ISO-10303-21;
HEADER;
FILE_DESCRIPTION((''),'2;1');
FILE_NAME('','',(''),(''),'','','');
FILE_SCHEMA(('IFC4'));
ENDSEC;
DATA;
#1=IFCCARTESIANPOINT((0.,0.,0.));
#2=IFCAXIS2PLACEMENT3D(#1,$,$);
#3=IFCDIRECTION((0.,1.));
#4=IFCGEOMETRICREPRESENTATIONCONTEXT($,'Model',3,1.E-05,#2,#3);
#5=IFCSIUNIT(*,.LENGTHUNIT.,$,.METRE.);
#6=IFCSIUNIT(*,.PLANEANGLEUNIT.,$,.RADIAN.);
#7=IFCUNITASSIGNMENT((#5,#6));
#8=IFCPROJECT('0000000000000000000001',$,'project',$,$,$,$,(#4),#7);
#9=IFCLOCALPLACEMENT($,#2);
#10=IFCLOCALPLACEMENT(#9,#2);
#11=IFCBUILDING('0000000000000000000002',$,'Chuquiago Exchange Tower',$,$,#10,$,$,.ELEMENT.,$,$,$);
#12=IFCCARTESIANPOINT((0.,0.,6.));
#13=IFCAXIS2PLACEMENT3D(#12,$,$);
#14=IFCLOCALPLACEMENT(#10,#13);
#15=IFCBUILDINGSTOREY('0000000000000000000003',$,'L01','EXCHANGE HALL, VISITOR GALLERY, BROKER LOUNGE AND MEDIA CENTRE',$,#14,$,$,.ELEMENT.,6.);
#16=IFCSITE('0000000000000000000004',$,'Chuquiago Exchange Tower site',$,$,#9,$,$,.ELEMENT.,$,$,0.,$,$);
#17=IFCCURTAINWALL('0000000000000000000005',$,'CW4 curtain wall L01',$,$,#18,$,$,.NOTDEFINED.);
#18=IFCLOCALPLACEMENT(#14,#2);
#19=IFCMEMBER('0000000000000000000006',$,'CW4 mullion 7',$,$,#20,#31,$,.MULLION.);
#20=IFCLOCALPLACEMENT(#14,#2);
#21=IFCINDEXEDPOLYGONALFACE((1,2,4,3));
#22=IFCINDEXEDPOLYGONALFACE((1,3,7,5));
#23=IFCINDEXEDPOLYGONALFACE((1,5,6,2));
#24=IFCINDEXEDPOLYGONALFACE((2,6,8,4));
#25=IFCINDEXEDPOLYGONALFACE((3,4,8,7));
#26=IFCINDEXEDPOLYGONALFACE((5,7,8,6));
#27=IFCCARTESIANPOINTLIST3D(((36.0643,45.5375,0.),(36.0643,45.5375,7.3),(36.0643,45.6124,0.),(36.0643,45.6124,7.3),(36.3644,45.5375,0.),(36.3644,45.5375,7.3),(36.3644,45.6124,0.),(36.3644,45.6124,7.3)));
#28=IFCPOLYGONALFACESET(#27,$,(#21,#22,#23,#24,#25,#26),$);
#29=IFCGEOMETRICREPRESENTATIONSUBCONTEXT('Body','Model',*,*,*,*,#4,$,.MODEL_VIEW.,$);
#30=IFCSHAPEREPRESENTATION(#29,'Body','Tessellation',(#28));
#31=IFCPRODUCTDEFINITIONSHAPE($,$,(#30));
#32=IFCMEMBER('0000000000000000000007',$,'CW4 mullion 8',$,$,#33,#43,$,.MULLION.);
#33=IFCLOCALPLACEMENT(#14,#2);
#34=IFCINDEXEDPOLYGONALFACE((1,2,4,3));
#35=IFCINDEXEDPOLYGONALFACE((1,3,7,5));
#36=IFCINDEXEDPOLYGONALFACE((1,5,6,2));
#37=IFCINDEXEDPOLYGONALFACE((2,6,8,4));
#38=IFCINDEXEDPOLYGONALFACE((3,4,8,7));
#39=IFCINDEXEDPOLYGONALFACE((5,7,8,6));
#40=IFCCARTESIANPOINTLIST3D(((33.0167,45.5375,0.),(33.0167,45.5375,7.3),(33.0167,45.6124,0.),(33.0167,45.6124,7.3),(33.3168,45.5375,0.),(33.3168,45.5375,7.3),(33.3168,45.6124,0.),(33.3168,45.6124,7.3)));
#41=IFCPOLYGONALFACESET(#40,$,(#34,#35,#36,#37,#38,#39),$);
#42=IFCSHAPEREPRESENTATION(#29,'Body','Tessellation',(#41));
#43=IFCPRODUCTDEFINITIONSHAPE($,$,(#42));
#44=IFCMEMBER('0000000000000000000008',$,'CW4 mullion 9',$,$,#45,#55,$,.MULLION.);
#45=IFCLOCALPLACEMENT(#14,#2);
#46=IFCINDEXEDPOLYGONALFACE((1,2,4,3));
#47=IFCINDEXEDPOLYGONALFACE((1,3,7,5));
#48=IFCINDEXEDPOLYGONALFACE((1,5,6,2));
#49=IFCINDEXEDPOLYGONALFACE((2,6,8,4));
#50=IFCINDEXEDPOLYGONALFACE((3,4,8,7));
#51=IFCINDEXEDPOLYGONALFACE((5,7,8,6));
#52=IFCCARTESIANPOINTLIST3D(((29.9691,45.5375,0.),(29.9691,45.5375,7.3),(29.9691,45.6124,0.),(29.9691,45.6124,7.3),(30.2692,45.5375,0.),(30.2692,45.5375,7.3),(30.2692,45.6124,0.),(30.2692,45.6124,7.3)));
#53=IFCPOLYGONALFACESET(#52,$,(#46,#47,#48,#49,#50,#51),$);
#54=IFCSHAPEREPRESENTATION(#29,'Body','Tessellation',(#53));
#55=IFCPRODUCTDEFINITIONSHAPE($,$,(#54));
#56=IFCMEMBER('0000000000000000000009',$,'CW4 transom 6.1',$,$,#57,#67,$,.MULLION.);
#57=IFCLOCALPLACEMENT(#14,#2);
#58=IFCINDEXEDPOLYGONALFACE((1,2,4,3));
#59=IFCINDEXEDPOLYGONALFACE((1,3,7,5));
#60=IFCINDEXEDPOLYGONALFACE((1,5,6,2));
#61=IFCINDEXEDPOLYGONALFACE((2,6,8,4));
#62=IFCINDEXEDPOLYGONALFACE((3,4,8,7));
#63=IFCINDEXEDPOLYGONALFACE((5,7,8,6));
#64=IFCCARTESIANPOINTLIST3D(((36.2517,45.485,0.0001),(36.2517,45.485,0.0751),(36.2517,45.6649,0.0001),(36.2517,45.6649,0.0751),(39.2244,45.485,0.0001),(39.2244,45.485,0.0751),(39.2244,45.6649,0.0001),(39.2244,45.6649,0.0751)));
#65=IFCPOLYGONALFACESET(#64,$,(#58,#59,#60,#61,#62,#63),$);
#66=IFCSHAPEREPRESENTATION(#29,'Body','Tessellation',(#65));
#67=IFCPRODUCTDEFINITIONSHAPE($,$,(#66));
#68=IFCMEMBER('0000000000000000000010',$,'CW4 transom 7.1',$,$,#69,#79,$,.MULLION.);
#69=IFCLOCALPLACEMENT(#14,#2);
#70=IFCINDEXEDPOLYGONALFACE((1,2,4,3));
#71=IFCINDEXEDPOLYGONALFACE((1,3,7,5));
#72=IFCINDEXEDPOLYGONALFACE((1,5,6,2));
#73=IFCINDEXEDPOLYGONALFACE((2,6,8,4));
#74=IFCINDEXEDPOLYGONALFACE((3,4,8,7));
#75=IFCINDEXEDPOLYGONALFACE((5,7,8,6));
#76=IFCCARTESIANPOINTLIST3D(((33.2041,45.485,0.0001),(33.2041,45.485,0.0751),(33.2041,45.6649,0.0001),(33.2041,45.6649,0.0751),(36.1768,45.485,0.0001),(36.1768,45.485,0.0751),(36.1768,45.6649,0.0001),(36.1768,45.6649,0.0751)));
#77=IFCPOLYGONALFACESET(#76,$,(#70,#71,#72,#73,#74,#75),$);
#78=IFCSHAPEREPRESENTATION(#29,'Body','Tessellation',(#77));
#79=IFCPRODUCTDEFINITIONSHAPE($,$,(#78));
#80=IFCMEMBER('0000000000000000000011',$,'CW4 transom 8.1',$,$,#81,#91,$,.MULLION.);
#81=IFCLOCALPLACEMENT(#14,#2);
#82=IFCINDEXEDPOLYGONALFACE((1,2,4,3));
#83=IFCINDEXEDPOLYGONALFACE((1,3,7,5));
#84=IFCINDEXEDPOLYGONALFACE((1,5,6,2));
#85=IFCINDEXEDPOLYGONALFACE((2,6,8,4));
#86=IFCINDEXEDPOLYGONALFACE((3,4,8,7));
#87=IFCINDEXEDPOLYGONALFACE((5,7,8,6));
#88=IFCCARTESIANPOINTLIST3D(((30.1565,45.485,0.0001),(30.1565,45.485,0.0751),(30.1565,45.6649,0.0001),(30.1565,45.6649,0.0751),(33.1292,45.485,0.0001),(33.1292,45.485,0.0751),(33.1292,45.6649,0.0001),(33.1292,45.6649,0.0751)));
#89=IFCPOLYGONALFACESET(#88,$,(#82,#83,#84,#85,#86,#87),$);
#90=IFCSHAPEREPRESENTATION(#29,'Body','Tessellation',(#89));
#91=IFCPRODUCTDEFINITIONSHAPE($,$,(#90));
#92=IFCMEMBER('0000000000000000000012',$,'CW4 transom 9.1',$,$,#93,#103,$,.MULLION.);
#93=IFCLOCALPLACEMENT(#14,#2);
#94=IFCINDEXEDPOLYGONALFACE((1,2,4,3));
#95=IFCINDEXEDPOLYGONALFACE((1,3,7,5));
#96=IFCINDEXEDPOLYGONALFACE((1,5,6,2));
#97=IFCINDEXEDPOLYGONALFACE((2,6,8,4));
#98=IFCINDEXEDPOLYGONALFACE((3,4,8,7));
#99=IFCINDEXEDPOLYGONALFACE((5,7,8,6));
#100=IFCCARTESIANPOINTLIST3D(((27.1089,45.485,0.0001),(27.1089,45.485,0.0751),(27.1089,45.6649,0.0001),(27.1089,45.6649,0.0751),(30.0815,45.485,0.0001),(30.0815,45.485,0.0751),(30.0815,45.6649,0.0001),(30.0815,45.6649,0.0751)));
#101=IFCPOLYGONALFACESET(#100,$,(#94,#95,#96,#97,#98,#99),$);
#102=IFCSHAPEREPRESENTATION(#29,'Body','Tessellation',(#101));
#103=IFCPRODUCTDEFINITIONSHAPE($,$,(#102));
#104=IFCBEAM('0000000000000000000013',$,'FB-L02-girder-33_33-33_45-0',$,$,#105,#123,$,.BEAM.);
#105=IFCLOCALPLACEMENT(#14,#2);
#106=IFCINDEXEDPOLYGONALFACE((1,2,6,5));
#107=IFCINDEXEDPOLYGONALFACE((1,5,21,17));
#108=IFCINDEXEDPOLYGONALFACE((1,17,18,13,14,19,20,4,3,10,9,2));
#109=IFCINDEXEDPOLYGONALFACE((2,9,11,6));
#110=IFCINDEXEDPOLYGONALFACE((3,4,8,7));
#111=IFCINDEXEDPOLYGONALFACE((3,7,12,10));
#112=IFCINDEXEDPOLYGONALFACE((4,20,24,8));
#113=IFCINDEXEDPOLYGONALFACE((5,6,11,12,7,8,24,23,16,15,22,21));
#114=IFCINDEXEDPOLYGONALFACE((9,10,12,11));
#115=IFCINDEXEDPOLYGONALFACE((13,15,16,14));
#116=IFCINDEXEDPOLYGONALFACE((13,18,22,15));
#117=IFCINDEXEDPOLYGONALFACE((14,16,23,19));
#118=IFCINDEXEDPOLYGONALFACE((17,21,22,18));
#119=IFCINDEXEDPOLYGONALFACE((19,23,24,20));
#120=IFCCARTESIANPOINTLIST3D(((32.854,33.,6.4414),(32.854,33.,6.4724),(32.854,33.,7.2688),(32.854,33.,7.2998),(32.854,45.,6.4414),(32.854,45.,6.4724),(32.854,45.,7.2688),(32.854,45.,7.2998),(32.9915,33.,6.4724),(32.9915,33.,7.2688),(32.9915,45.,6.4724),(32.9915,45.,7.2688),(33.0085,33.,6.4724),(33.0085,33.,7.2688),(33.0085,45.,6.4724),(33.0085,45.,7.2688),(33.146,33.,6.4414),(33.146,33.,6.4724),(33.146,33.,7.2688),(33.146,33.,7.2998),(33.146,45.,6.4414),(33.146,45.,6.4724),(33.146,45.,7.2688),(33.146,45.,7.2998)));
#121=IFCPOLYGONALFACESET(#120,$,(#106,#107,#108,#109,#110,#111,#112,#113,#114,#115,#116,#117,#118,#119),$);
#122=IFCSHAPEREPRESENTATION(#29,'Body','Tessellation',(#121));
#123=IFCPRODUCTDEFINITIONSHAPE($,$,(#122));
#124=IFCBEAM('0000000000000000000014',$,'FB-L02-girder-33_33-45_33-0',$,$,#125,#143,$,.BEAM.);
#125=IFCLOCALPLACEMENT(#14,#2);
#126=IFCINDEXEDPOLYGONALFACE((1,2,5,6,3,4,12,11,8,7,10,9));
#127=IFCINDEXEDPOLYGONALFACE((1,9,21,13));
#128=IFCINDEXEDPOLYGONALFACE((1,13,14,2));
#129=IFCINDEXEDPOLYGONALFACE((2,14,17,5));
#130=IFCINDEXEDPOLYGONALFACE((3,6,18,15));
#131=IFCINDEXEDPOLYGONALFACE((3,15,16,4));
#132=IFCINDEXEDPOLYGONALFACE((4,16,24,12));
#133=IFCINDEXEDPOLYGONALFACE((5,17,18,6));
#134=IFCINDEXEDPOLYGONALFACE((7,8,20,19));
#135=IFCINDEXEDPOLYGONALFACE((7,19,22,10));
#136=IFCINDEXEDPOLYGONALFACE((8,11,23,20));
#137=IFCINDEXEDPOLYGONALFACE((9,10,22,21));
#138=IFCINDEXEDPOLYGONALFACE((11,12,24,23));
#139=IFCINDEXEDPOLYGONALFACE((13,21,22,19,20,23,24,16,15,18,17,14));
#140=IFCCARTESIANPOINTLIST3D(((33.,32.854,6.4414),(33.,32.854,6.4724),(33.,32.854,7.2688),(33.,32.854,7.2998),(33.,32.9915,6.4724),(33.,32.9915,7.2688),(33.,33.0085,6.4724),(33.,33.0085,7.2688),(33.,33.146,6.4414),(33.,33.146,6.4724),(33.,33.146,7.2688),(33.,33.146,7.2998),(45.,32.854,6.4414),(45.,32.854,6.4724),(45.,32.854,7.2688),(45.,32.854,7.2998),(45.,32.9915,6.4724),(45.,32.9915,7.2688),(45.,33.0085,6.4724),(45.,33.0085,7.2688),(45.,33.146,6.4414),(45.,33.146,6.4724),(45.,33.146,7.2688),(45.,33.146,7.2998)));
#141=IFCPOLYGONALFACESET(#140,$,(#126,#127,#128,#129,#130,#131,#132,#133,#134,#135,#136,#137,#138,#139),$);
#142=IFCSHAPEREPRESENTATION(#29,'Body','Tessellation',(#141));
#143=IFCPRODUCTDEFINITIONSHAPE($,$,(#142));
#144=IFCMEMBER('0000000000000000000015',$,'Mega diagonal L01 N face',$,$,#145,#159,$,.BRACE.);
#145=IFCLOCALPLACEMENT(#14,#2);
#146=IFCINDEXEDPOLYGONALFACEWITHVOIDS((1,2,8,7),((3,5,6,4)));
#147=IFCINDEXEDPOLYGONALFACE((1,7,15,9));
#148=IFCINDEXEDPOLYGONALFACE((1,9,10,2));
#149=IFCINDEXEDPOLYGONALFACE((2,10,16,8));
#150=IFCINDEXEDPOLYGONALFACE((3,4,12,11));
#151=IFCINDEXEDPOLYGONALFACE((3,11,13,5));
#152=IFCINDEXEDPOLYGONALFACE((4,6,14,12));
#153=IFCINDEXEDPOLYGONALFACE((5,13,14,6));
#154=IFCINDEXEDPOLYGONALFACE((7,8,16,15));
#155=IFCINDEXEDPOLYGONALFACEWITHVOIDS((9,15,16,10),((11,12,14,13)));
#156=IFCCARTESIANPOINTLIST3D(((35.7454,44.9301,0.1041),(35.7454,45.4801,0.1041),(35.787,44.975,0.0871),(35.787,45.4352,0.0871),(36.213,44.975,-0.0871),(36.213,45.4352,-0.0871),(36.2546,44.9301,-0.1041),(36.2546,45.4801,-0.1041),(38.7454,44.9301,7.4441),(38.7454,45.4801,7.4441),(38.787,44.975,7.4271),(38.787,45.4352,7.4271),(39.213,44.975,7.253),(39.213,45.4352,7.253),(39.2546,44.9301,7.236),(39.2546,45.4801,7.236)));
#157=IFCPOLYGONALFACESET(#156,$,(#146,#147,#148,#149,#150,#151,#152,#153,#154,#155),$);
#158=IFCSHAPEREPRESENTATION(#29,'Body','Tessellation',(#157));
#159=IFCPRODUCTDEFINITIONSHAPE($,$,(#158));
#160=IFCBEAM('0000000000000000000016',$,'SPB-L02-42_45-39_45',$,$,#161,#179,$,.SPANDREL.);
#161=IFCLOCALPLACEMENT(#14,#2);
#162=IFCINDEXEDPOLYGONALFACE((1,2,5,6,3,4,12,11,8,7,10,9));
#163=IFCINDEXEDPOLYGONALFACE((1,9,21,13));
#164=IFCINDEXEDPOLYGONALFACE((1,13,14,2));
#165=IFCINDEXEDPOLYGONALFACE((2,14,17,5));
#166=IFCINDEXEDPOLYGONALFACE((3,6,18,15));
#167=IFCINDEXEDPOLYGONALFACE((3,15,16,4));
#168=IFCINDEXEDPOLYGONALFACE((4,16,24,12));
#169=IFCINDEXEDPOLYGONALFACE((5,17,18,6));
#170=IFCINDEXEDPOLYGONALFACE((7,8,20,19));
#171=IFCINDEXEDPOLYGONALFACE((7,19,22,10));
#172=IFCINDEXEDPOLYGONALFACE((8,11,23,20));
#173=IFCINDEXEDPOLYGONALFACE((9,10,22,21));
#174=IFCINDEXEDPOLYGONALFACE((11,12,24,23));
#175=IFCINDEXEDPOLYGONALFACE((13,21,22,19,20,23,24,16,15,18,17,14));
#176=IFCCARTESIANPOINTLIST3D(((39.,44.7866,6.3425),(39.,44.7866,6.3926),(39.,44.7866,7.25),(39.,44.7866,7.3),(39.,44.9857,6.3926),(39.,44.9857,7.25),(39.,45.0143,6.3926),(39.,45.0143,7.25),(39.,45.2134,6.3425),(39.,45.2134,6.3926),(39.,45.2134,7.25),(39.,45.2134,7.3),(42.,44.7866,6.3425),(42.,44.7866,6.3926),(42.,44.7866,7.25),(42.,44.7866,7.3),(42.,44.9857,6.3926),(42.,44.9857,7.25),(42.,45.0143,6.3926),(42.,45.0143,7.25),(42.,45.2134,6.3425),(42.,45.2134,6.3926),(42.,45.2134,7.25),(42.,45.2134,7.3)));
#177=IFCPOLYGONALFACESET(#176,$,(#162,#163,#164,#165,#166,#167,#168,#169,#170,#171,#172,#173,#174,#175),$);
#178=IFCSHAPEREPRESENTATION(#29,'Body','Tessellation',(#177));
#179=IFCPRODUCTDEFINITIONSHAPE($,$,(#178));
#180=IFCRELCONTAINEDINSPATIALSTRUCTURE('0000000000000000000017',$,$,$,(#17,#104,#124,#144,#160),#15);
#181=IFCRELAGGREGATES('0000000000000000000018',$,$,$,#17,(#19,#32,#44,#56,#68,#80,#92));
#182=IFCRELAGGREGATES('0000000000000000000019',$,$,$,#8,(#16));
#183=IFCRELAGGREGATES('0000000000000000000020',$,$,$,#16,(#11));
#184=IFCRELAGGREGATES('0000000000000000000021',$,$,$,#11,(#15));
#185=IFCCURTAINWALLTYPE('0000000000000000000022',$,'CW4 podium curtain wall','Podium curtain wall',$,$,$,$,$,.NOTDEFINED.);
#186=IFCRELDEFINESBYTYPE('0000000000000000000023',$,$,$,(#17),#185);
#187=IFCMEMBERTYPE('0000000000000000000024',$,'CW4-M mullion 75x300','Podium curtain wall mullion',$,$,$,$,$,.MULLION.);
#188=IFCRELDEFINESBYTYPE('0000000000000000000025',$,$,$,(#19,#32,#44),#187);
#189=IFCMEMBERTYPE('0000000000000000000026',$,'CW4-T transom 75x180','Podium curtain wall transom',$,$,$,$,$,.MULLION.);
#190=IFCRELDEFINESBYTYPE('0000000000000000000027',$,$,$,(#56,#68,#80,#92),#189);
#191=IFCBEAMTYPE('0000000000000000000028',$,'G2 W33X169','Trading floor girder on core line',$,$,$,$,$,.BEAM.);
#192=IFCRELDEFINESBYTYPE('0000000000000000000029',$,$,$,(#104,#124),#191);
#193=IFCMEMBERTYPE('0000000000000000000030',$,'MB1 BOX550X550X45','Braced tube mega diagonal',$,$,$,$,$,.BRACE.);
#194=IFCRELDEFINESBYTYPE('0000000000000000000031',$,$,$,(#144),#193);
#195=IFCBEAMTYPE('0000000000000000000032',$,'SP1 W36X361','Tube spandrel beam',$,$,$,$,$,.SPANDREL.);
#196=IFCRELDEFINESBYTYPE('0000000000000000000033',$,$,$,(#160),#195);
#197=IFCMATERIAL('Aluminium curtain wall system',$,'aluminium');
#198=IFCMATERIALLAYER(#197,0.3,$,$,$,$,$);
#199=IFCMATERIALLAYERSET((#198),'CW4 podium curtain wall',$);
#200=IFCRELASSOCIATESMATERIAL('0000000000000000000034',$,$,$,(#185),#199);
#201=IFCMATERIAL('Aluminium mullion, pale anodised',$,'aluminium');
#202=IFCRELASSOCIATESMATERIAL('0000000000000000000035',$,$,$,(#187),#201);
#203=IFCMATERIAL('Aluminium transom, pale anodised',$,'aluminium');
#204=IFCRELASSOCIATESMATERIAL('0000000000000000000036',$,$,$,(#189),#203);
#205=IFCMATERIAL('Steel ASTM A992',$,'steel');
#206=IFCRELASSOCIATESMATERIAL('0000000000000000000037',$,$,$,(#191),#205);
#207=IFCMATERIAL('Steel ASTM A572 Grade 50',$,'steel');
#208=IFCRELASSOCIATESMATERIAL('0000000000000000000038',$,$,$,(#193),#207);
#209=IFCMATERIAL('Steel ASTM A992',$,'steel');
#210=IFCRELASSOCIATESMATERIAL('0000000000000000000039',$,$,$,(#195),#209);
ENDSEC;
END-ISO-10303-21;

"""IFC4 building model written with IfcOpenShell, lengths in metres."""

from ifc_helpers import new_model, si_unit, direction, frame, origin, origin_2d, place, context, subcontext, project, spatial, rectangle, hollow_rectangle, i_section, extrude, material, layer, layer_set, material_profile, profile_set, type_object, element, aggregate, save


model = new_model("IFC4")

# Units and contexts
model_context = context("Model", 3, precision=1e-05, world=origin(), true_north=direction((0.0, 1.0)))
body_context = subcontext(model_context, "Body", "Model", "MODEL_VIEW")
ifc_project = project(units=[si_unit("LENGTHUNIT", "METRE"), si_unit("PLANEANGLEUNIT", "RADIAN")], contexts=[model_context])

# Site, building, storey
site_placement = place(None, origin())
site = spatial("IfcSite", under=ifc_project, at=site_placement, Name="Chuquiago Exchange Tower site", CompositionType="ELEMENT", RefElevation=0.0)
building_placement = place(site_placement, origin())
building = spatial("IfcBuilding", under=site, at=building_placement, Name="Chuquiago Exchange Tower", CompositionType="ELEMENT")
storey_placement = place(building_placement, frame((0.0, 0.0, 6.0)))
storey = spatial("IfcBuildingStorey", under=building, at=storey_placement, Name="L01", Description="EXCHANGE HALL, VISITOR GALLERY, BROKER LOUNGE AND MEDIA CENTRE", CompositionType="ELEMENT", Elevation=6.0)

# Curtain wall, members
ifc_material_1 = material(Name="Aluminium curtain wall system", Category="aluminium")
ifc_layer_1 = layer(ifc_material_1, 0.3)
ifc_layer_set_1 = layer_set([ifc_layer_1], Name="CW4 podium curtain wall")
curtain_wall_type = type_object("IfcCurtainWallType", Name="CW4 podium curtain wall", Description="Podium curtain wall", PredefinedType="NOTDEFINED", material=ifc_layer_set_1)
curtain_wall_placement = place(storey_placement, origin())
curtain_wall = element("IfcCurtainWall", 1, at=curtain_wall_placement, inside=storey, type_object=curtain_wall_type, Name="CW4 curtain wall L01", PredefinedType="NOTDEFINED")
ifc_material_2 = material(Name="Aluminium mullion, pale anodised", Category="aluminium")
ifc_material_profile_1 = material_profile(ifc_material_2, rectangle(XDim=0.075, YDim=0.3, at=origin_2d()), Name="AL 75x300")
ifc_profile_set_1 = profile_set([ifc_material_profile_1], Name="Aluminium mullion, pale anodised")
member_type_1 = type_object("IfcMemberType", Name="CW4-M mullion 75x300", Description="Podium curtain wall mullion", PredefinedType="MULLION", material=ifc_profile_set_1)
member_1_placement = place(storey_placement, frame((36.2144, 45.575, 0.0), z_axis=(0.0, 0.0, 1.0), x_axis=(0.0, -1.0, 0.0)))
member_1 = element("IfcMember", 2, at=member_1_placement, type_object=member_type_1, Name="CW4 mullion 7", PredefinedType="MULLION", context=body_context, shape_type="SweptSolid", body=[
    extrude(rectangle(XDim=0.075, YDim=0.3, at=origin_2d()), origin(), (0.0, 0.0, 1.0), 7.3),
])
member_2_placement = place(storey_placement, frame((33.1667, 45.575, 0.0), z_axis=(0.0, 0.0, 1.0), x_axis=(0.0, -1.0, 0.0)))
member_2 = element("IfcMember", 3, at=member_2_placement, type_object=member_type_1, Name="CW4 mullion 8", PredefinedType="MULLION", context=body_context, shape_type="SweptSolid", body=[
    extrude(rectangle(XDim=0.075, YDim=0.3, at=origin_2d()), origin(), (0.0, 0.0, 1.0), 7.3),
])
member_3_placement = place(storey_placement, frame((30.1191, 45.575, 0.0), z_axis=(0.0, 0.0, 1.0), x_axis=(0.0, -1.0, 0.0)))
member_3 = element("IfcMember", 4, at=member_3_placement, type_object=member_type_1, Name="CW4 mullion 9", PredefinedType="MULLION", context=body_context, shape_type="SweptSolid", body=[
    extrude(rectangle(XDim=0.075, YDim=0.3, at=origin_2d()), origin(), (0.0, 0.0, 1.0), 7.3),
])
ifc_material_3 = material(Name="Aluminium transom, pale anodised", Category="aluminium")
ifc_material_profile_2 = material_profile(ifc_material_3, rectangle(XDim=0.1799, YDim=0.075, at=origin_2d()), Name="AL 180x75")
ifc_profile_set_2 = profile_set([ifc_material_profile_2], Name="Aluminium transom, pale anodised")
member_type_2 = type_object("IfcMemberType", Name="CW4-T transom 75x180", Description="Podium curtain wall transom", PredefinedType="MULLION", material=ifc_profile_set_2)
member_4_placement = place(storey_placement, frame((39.2244, 45.575, 0.0376), z_axis=(-1.0, 0.0, 0.0), x_axis=(0.0, -1.0, 0.0)))
member_4 = element("IfcMember", 5, at=member_4_placement, type_object=member_type_2, Name="CW4 transom 6.1", PredefinedType="MULLION", context=body_context, shape_type="SweptSolid", body=[
    extrude(rectangle(XDim=0.1799, YDim=0.075, at=origin_2d()), origin(), (0.0, 0.0, 1.0), 2.9727),
])
member_5_placement = place(storey_placement, frame((36.1768, 45.575, 0.0376), z_axis=(-1.0, 0.0, 0.0), x_axis=(0.0, -1.0, 0.0)))
member_5 = element("IfcMember", 6, at=member_5_placement, type_object=member_type_2, Name="CW4 transom 7.1", PredefinedType="MULLION", context=body_context, shape_type="SweptSolid", body=[
    extrude(rectangle(XDim=0.1799, YDim=0.075, at=origin_2d()), origin(), (0.0, 0.0, 1.0), 2.9727),
])
member_6_placement = place(storey_placement, frame((33.1292, 45.575, 0.0376), z_axis=(-1.0, 0.0, 0.0), x_axis=(0.0, -1.0, 0.0)))
member_6 = element("IfcMember", 7, at=member_6_placement, type_object=member_type_2, Name="CW4 transom 8.1", PredefinedType="MULLION", context=body_context, shape_type="SweptSolid", body=[
    extrude(rectangle(XDim=0.1799, YDim=0.075, at=origin_2d()), origin(), (0.0, 0.0, 1.0), 2.9727),
])
member_7_placement = place(storey_placement, frame((30.0815, 45.575, 0.0376), z_axis=(-1.0, 0.0, 0.0), x_axis=(0.0, -1.0, 0.0)))
member_7 = element("IfcMember", 8, at=member_7_placement, type_object=member_type_2, Name="CW4 transom 9.1", PredefinedType="MULLION", context=body_context, shape_type="SweptSolid", body=[
    extrude(rectangle(XDim=0.1799, YDim=0.075, at=origin_2d()), origin(), (0.0, 0.0, 1.0), 2.9727),
])

# Beams
ifc_material_4 = material(Name="Steel ASTM A992", Category="steel")
ifc_material_profile_3 = material_profile(ifc_material_4, i_section(OverallWidth=0.292, OverallDepth=0.8584, WebThickness=0.0171, FlangeThickness=0.031, at=origin_2d()), Name="W33X169")
ifc_profile_set_3 = profile_set([ifc_material_profile_3], Name="Steel ASTM A992")
beam_type_1 = type_object("IfcBeamType", Name="G2 W33X169", Description="Trading floor girder on core line", PredefinedType="BEAM", material=ifc_profile_set_3)
for number, where, z_axis, x_axis, name in (
    (9, (33.0, 33.0, 6.8706), (0.0, 1.0, 0.0), (-1.0, 0.0, 0.0), "FB-L02-girder-33_33-33_45-0"),
    (10, (33.0, 33.0, 6.8706), (1.0, 0.0, 0.0), (0.0, 1.0, 0.0), "FB-L02-girder-33_33-45_33-0"),
):
    element("IfcBeam", number, at=place(storey_placement, frame(where, z_axis=z_axis, x_axis=x_axis)), inside=storey, type_object=beam_type_1, Name=name, PredefinedType="BEAM", context=body_context, shape_type="SweptSolid", body=[
        extrude(i_section(OverallWidth=0.292, OverallDepth=0.8584, WebThickness=0.0171, FlangeThickness=0.031, at=origin_2d()), origin(), (0.0, 0.0, 1.0), 12.0),
    ])

# Member
ifc_material_5 = material(Name="Steel ASTM A572 Grade 50", Category="steel")
ifc_material_profile_4 = material_profile(ifc_material_5, hollow_rectangle(XDim=0.55, YDim=0.55, WallThickness=0.0449, at=origin_2d()), Name="BOX550X550X45")
ifc_profile_set_4 = profile_set([ifc_material_profile_4], Name="Steel ASTM A572 Grade 50")
member_type_3 = type_object("IfcMemberType", Name="MB1 BOX550X550X45", Description="Braced tube mega diagonal", PredefinedType="BRACE", material=ifc_profile_set_4)
member_8_placement = place(storey_placement, frame((36.0, 45.2051, 0.0), z_axis=(0.378334, 0.0, 0.925669), x_axis=(0.0, 1.0, 0.0)))
element("IfcMember", 11, at=member_8_placement, inside=storey, type_object=member_type_3, Name="Mega diagonal L01 N face", PredefinedType="BRACE", context=body_context, shape_type="SweptSolid", body=[
    extrude(hollow_rectangle(XDim=0.55, YDim=0.55, WallThickness=0.0449, at=origin_2d()), origin(), (0.0, 0.0, 1.0), 7.9294),
])

# Beam
ifc_material_6 = material(Name="Steel ASTM A992", Category="steel")
ifc_material_profile_5 = material_profile(ifc_material_6, i_section(OverallWidth=0.4268, OverallDepth=0.9575, WebThickness=0.0286, FlangeThickness=0.05, at=origin_2d()), Name="W36X361")
ifc_profile_set_5 = profile_set([ifc_material_profile_5], Name="Steel ASTM A992")
beam_type_2 = type_object("IfcBeamType", Name="SP1 W36X361", Description="Tube spandrel beam", PredefinedType="SPANDREL", material=ifc_profile_set_5)
for number, where, z_axis, x_axis, name in (
    (12, (42.0, 45.0, 6.8213), (-1.0, 0.0, 0.0), (0.0, -1.0, 0.0), "SPB-L02-42_45-39_45"),
):
    element("IfcBeam", number, at=place(storey_placement, frame(where, z_axis=z_axis, x_axis=x_axis)), inside=storey, type_object=beam_type_2, Name=name, PredefinedType="SPANDREL", context=body_context, shape_type="SweptSolid", body=[
        extrude(i_section(OverallWidth=0.4268, OverallDepth=0.9575, WebThickness=0.0286, FlangeThickness=0.05, at=origin_2d()), origin(), (0.0, 0.0, 1.0), 3.0),
    ])

aggregate(curtain_wall, [member_1, member_2, member_3, member_4, member_5, member_6, member_7])

save(model, "model.ifc")
